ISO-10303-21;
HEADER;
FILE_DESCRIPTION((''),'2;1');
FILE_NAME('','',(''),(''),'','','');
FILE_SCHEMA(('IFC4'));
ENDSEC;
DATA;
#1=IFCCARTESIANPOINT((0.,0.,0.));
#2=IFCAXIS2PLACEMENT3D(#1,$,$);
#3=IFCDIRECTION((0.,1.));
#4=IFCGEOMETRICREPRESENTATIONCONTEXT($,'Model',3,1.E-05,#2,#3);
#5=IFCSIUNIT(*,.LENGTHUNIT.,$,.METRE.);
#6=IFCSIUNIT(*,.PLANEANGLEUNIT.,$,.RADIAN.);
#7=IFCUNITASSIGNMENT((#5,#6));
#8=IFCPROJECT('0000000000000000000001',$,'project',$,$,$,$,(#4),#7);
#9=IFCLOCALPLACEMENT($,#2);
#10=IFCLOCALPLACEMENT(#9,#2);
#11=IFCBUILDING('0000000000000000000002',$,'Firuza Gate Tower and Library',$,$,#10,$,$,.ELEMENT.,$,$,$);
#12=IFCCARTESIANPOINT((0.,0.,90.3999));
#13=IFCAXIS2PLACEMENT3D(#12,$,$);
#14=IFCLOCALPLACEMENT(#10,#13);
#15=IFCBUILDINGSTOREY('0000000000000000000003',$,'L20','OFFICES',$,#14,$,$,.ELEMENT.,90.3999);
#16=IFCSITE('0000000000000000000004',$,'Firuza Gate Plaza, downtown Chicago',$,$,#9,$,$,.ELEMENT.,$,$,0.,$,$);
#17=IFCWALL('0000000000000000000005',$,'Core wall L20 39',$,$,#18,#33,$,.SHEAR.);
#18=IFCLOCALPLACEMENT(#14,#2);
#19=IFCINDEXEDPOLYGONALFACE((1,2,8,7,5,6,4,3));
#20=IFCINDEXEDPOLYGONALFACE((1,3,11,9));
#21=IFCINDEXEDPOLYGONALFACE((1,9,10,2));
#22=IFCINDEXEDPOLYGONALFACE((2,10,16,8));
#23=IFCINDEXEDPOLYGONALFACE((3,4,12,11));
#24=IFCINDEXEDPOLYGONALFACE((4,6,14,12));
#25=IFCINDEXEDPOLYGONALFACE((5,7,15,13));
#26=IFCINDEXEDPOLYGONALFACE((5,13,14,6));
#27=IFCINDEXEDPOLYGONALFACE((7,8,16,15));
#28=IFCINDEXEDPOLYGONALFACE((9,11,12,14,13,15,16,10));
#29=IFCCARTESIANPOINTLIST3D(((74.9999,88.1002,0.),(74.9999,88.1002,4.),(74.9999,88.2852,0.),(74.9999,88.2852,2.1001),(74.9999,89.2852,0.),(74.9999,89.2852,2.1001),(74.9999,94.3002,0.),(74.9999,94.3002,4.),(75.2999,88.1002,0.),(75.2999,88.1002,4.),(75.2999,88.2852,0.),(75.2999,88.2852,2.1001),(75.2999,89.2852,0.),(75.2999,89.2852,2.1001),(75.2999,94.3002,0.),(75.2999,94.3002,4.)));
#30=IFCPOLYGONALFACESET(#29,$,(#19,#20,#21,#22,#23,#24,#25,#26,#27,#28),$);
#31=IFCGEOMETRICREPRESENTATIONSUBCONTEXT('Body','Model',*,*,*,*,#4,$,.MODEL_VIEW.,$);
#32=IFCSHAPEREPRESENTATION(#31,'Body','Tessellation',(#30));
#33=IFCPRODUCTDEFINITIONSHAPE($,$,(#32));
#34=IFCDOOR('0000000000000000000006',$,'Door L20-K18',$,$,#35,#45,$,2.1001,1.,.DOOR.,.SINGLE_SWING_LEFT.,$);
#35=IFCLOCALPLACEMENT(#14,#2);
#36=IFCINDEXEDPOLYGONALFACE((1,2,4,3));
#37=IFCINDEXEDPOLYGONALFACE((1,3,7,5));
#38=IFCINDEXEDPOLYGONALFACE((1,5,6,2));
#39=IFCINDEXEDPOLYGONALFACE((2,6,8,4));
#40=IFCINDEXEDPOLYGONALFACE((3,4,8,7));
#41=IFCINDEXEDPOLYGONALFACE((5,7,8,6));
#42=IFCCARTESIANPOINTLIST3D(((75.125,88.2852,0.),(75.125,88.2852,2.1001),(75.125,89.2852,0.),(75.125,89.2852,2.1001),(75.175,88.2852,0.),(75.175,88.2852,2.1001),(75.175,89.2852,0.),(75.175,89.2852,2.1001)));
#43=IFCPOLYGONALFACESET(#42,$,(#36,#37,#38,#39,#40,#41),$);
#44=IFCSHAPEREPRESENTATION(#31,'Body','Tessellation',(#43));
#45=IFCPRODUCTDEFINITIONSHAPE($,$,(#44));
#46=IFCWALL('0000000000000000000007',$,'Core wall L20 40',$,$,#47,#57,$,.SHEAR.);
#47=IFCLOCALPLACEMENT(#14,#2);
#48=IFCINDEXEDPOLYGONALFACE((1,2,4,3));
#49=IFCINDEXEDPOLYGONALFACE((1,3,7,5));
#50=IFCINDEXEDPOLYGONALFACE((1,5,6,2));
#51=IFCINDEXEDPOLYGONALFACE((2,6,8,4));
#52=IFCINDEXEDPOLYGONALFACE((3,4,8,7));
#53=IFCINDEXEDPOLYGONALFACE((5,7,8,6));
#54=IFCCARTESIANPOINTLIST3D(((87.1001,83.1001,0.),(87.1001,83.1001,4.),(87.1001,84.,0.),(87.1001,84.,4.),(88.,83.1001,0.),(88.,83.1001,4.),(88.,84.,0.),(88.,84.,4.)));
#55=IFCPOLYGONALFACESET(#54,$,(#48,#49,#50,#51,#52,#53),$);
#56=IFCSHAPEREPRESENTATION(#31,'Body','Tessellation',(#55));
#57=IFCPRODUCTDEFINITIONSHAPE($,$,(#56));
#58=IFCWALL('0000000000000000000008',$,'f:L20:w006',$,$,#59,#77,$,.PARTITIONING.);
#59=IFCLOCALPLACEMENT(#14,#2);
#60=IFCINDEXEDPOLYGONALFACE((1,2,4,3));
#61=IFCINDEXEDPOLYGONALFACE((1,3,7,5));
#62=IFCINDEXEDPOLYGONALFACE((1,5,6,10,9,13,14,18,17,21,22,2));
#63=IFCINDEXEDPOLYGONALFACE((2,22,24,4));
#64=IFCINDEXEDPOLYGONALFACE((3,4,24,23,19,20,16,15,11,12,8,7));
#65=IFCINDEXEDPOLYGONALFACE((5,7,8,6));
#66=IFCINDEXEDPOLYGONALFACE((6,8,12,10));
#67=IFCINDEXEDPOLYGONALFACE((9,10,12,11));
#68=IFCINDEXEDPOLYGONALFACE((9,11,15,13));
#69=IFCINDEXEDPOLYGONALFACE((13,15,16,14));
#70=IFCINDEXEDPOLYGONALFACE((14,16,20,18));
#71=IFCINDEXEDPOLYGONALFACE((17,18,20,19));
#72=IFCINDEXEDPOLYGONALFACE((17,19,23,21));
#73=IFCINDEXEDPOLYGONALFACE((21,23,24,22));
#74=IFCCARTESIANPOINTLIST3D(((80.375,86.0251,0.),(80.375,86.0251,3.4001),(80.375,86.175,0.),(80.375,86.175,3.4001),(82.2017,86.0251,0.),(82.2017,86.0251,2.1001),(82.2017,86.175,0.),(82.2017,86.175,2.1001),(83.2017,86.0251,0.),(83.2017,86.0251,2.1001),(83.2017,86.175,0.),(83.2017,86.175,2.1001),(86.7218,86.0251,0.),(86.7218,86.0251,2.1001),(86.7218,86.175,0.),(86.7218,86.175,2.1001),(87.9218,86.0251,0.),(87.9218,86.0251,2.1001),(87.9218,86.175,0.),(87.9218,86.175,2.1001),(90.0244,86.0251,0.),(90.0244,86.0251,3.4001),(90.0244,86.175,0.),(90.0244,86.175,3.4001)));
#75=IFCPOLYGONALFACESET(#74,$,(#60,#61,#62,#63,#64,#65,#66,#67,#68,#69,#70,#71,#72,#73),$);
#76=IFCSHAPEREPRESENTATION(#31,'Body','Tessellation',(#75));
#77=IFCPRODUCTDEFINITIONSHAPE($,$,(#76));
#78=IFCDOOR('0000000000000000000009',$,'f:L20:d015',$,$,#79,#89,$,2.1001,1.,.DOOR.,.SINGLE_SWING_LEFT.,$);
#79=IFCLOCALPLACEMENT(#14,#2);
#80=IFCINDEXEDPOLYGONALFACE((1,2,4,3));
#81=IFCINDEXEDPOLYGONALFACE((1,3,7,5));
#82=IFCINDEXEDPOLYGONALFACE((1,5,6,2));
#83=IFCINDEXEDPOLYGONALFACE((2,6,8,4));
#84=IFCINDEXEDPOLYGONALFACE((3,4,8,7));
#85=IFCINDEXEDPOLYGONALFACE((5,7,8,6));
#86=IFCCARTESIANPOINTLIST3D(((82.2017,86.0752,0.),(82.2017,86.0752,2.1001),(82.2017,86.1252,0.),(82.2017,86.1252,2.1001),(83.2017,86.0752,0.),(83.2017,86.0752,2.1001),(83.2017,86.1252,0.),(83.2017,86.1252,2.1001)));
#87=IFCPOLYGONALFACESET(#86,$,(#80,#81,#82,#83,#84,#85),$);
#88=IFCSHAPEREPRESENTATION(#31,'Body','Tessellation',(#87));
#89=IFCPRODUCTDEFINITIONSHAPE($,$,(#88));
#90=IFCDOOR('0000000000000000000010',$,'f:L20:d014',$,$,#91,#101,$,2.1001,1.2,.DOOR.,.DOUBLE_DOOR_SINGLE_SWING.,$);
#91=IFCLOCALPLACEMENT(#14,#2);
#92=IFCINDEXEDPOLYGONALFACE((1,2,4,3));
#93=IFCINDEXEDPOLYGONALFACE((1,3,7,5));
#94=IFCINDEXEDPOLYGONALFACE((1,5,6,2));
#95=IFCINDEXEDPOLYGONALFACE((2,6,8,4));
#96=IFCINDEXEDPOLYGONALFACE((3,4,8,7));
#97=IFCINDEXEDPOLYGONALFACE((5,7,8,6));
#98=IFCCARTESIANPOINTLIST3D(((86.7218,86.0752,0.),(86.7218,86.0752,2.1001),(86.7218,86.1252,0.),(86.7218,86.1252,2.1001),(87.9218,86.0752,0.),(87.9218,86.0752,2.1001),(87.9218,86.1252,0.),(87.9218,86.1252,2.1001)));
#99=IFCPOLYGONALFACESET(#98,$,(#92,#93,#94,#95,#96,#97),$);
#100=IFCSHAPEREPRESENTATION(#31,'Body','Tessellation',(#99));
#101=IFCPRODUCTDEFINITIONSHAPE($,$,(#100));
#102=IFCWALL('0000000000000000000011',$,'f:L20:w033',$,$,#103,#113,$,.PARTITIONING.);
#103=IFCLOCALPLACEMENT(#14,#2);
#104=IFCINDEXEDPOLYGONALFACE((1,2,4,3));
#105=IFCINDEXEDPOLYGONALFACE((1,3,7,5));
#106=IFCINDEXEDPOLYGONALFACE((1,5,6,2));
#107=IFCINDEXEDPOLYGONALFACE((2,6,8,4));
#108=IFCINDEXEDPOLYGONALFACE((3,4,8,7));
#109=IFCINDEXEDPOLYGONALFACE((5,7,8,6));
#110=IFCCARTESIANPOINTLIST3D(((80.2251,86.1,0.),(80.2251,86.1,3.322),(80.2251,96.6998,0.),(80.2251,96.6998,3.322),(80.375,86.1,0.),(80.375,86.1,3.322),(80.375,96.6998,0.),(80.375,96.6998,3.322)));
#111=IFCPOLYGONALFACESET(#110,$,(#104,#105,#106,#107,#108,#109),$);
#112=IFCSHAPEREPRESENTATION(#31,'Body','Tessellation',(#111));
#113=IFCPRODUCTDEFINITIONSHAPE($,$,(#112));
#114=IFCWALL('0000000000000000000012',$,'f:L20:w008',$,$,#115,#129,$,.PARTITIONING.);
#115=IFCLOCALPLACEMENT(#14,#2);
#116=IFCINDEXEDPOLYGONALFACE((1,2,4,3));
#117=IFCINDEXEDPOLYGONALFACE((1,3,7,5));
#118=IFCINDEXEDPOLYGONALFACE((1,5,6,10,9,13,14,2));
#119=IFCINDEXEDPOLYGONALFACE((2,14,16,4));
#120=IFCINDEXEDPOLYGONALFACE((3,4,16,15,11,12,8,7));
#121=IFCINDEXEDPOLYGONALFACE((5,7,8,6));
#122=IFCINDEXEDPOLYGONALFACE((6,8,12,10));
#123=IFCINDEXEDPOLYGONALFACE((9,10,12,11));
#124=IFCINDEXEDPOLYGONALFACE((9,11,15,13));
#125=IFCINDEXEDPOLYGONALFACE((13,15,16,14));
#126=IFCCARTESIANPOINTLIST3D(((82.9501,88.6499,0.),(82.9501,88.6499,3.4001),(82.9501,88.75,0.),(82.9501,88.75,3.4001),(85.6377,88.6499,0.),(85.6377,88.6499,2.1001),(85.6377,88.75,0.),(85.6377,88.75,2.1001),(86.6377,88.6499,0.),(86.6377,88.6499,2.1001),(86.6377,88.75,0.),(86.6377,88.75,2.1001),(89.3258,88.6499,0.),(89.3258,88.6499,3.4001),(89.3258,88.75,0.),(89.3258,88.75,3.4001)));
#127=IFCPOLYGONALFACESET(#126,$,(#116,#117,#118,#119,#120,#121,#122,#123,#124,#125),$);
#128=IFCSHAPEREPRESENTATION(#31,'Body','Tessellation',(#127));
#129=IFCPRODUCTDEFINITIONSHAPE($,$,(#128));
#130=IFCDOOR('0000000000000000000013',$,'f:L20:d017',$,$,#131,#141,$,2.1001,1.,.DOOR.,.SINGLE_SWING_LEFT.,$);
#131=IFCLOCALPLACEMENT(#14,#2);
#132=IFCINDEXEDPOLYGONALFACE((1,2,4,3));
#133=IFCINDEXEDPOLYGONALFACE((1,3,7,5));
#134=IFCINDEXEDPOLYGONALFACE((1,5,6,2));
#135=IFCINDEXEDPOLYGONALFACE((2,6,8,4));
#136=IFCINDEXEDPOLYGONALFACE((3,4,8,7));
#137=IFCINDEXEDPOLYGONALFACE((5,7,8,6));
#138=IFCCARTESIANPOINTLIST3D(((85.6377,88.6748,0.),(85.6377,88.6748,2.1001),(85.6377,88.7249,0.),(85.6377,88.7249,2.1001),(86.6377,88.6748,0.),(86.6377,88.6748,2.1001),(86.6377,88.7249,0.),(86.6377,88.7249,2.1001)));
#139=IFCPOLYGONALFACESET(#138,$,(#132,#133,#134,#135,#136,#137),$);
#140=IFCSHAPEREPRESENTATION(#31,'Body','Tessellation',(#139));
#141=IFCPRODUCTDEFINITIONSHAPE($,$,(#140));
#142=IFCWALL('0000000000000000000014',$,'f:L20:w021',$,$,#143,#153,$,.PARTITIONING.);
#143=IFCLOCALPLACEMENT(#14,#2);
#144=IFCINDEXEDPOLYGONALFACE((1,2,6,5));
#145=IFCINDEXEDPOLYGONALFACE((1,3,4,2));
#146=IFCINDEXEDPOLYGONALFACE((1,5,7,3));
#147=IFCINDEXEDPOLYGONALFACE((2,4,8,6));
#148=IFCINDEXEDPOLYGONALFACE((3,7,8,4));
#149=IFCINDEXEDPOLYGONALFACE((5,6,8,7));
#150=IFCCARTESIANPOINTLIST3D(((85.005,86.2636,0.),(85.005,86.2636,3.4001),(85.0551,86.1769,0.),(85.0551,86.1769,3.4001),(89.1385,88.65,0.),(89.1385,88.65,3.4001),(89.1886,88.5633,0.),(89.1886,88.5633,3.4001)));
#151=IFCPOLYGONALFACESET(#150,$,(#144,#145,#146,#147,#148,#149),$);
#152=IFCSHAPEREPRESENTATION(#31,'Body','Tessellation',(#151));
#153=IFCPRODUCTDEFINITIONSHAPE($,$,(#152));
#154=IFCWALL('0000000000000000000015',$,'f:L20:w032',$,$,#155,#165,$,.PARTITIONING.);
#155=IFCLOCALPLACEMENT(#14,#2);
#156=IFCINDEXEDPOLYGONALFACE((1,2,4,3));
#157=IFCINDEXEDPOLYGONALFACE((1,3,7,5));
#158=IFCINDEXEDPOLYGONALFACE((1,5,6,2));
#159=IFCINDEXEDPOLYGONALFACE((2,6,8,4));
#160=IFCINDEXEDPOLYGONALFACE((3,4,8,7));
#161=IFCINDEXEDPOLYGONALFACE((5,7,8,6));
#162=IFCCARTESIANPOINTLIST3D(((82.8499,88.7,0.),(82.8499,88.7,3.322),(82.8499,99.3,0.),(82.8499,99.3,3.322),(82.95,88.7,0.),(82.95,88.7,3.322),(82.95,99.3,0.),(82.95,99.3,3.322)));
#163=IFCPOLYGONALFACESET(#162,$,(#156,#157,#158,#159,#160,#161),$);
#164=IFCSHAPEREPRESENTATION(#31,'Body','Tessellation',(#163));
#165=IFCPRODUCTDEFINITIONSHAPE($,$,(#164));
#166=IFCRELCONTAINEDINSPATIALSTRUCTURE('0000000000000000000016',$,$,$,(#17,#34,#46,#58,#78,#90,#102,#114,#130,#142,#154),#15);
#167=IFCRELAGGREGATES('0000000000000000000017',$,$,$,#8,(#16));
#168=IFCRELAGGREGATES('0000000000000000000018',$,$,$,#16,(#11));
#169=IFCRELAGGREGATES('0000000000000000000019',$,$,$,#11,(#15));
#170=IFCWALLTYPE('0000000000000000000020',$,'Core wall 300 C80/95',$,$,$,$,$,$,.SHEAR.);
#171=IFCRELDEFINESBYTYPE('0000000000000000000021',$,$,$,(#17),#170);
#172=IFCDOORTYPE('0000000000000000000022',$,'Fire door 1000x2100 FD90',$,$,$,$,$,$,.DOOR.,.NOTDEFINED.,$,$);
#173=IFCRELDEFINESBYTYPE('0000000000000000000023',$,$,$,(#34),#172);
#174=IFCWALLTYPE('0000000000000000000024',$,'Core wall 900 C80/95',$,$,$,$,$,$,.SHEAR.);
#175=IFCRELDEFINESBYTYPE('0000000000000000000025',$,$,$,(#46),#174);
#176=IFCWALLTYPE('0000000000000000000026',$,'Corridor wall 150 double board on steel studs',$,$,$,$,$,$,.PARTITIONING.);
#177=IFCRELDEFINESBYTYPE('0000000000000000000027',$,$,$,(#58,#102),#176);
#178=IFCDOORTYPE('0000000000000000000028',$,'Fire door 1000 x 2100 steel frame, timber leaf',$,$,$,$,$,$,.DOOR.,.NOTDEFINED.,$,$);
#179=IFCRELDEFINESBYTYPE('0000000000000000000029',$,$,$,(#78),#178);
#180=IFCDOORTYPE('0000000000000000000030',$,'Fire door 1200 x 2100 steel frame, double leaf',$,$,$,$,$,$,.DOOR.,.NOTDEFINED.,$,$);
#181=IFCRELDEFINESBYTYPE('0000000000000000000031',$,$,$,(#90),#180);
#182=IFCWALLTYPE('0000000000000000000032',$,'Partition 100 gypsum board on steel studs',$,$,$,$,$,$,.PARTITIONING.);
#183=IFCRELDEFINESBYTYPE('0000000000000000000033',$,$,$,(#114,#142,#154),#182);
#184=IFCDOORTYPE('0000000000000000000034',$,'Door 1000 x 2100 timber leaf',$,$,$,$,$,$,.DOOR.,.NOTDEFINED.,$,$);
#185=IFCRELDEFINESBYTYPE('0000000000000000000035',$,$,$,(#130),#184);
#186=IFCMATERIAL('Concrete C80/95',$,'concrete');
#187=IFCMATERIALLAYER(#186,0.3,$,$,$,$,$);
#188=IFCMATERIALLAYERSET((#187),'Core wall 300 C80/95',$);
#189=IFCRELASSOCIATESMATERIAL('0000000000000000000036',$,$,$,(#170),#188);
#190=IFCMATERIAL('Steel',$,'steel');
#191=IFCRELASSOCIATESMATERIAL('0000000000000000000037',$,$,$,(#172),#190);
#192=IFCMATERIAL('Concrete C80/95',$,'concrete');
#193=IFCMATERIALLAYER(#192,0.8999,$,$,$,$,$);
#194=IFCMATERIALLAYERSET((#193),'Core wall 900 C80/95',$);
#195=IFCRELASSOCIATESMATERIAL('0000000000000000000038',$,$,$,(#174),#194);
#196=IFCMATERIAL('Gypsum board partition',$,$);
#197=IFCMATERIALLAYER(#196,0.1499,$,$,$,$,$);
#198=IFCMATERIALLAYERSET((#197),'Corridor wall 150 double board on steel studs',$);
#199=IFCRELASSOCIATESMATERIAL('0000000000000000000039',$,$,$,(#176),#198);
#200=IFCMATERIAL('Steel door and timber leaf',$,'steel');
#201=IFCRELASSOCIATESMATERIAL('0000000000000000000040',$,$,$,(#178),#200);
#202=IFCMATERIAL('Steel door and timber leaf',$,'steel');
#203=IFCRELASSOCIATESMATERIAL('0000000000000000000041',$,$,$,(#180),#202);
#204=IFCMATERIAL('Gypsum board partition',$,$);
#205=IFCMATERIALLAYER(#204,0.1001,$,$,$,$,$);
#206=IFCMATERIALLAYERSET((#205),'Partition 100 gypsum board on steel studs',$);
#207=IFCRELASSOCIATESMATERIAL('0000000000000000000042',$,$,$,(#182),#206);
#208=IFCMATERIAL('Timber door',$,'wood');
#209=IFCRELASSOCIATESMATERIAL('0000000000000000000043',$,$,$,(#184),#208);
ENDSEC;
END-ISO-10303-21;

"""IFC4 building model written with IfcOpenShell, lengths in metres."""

from ifc_helpers import new_model, si_unit, direction, frame, frame_2d, origin, place, context, subcontext, project, spatial, rectangle, extrude, material, layer, layer_set, type_object, element, fill, save


model = new_model("IFC4")

# Units and contexts
model_context = context("Model", 3, precision=1e-05, world=origin(), true_north=direction((0.0, 1.0)))
body_context = subcontext(model_context, "Body", "Model", "MODEL_VIEW")
ifc_project = project(units=[si_unit("LENGTHUNIT", "METRE"), si_unit("PLANEANGLEUNIT", "RADIAN")], contexts=[model_context])

# Site, building, storey
site_placement = place(None, origin())
site = spatial("IfcSite", under=ifc_project, at=site_placement, Name="Firuza Gate Plaza, downtown Chicago", CompositionType="ELEMENT", RefElevation=0.0)
building_placement = place(site_placement, origin())
building = spatial("IfcBuilding", under=site, at=building_placement, Name="Firuza Gate Tower and Library", CompositionType="ELEMENT")
storey_placement = place(building_placement, frame((0.0, 0.0, 90.3999)))
storey = spatial("IfcBuildingStorey", under=building, at=storey_placement, Name="L20", Description="OFFICES", CompositionType="ELEMENT", Elevation=90.3999)

# Shared definitions
ifc_material_1 = material(Name="Concrete C80/95", Category="concrete")
ifc_layer_1 = layer(ifc_material_1, 0.3)
ifc_layer_set_1 = layer_set([ifc_layer_1], Name="Core wall 300 C80/95")
wall_type_1 = type_object("IfcWallType", Name="Core wall 300 C80/95", PredefinedType="SHEAR", material=ifc_layer_set_1)

# Shared definitions
ifc_material_2 = material(Name="Steel", Category="steel")
door_type_1 = type_object("IfcDoorType", Name="Fire door 1000x2100 FD90", OperationType="NOTDEFINED", PredefinedType="DOOR", material=ifc_material_2)

# Wall, opening, door
wall_1_placement = place(storey_placement, frame((75.1499, 88.1001, 0.0), z_axis=(0.0, 0.0, 1.0), x_axis=(0.0, 1.0, 0.0)))
wall_1 = element("IfcWall", 1, at=wall_1_placement, inside=storey, type_object=wall_type_1, Name="Core wall L20 39", PredefinedType="SHEAR", context=body_context, shape_type="SweptSolid", body=[
    extrude(rectangle(XDim=6.2, YDim=0.3, at=frame_2d((3.1001, 0.0))), origin(), (0.0, 0.0, 1.0), 4.0),
])
opening_1_placement = place(wall_1_placement, frame((0.1851, 0.0, 0.0)))
opening_1 = element("IfcOpeningElement", 2, at=opening_1_placement, cuts=wall_1, PredefinedType="OPENING", context=body_context, shape_type="SweptSolid", body=[
    extrude(rectangle(XDim=1.0, YDim=2.1001, at=frame_2d((0.5, 1.05))), frame((0.0, 0.1602, 0.0), z_axis=(0.0, -1.0, 0.0), x_axis=(1.0, 0.0, 0.0)), (0.0, 0.0, 1.0), 0.3201),
])
door_1_placement = place(opening_1_placement, origin())
door_1 = element("IfcDoor", 3, at=door_1_placement, inside=storey, type_object=door_type_1, Name="Door L20-K18", OperationType="SINGLE_SWING_LEFT", OverallHeight=2.1001, OverallWidth=1.0, PredefinedType="DOOR", context=body_context, shape_type="SweptSolid", body=[
    extrude(rectangle(XDim=1.0, YDim=2.1001, at=frame_2d((0.5, 1.05))), frame((0.0, 0.0249, 0.0), z_axis=(0.0, -1.0, 0.0), x_axis=(1.0, 0.0, 0.0)), (0.0, 0.0, 1.0), 0.05),
])
fill(opening_1, door_1)

# Wall
ifc_material_3 = material(Name="Concrete C80/95", Category="concrete")
ifc_layer_2 = layer(ifc_material_3, 0.8999)
ifc_layer_set_2 = layer_set([ifc_layer_2], Name="Core wall 900 C80/95")
wall_type_2 = type_object("IfcWallType", Name="Core wall 900 C80/95", PredefinedType="SHEAR", material=ifc_layer_set_2)
wall_2_placement = place(storey_placement, frame((87.1001, 83.55, 0.0), z_axis=(0.0, 0.0, 1.0), x_axis=(1.0, 0.0, 0.0)))
element("IfcWall", 4, at=wall_2_placement, inside=storey, type_object=wall_type_2, Name="Core wall L20 40", PredefinedType="SHEAR", context=body_context, shape_type="SweptSolid", body=[
    extrude(rectangle(XDim=0.8999, YDim=0.8999, at=frame_2d((0.45, 0.0))), origin(), (0.0, 0.0, 1.0), 4.0),
])

# Wall, openings, doors
ifc_material_4 = material(Name="Gypsum board partition")
ifc_layer_3 = layer(ifc_material_4, 0.1499)
ifc_layer_set_3 = layer_set([ifc_layer_3], Name="Corridor wall 150 double board on steel studs")
wall_type_3 = type_object("IfcWallType", Name="Corridor wall 150 double board on steel studs", PredefinedType="PARTITIONING", material=ifc_layer_set_3)
wall_3_placement = place(storey_placement, frame((90.0244, 86.1001, 0.0), z_axis=(0.0, 0.0, 1.0), x_axis=(-1.0, 0.0, 0.0)))
wall_3 = element("IfcWall", 5, at=wall_3_placement, inside=storey, type_object=wall_type_3, Name="f:L20:w006", PredefinedType="PARTITIONING", context=body_context, shape_type="SweptSolid", body=[
    extrude(rectangle(XDim=9.6494, YDim=0.1499, at=frame_2d((4.8247, 0.0))), origin(), (0.0, 0.0, 1.0), 3.4001),
])
opening_2_placement = place(wall_3_placement, frame((2.1025, 0.0, 0.0)))
opening_2 = element("IfcOpeningElement", 6, at=opening_2_placement, cuts=wall_3, PredefinedType="OPENING", context=body_context, shape_type="SweptSolid", body=[
    extrude(rectangle(XDim=1.2, YDim=2.1001, at=frame_2d((0.6001, 1.05))), frame((0.0, 0.085, 0.0), z_axis=(0.0, -1.0, 0.0), x_axis=(1.0, 0.0, 0.0)), (0.0, 0.0, 1.0), 0.1699),
])
opening_3_placement = place(wall_3_placement, frame((6.8228, 0.0, 0.0)))
opening_3 = element("IfcOpeningElement", 7, at=opening_3_placement, cuts=wall_3, PredefinedType="OPENING", context=body_context, shape_type="SweptSolid", body=[
    extrude(rectangle(XDim=1.0, YDim=2.1001, at=frame_2d((0.5, 1.05))), frame((0.0, 0.085, 0.0), z_axis=(0.0, -1.0, 0.0), x_axis=(1.0, 0.0, 0.0)), (0.0, 0.0, 1.0), 0.1699),
])
ifc_material_5 = material(Name="Steel door and timber leaf", Category="steel")
door_type_2 = type_object("IfcDoorType", Name="Fire door 1000 x 2100 steel frame, timber leaf", OperationType="NOTDEFINED", PredefinedType="DOOR", material=ifc_material_5)
door_2_placement = place(opening_3_placement, origin())
door_2 = element("IfcDoor", 8, at=door_2_placement, inside=storey, type_object=door_type_2, Name="f:L20:d015", OperationType="SINGLE_SWING_LEFT", OverallHeight=2.1001, OverallWidth=1.0, PredefinedType="DOOR", context=body_context, shape_type="SweptSolid", body=[
    extrude(rectangle(XDim=1.0, YDim=2.1001, at=frame_2d((0.5, 1.05))), frame((0.0, 0.0249, 0.0), z_axis=(0.0, -1.0, 0.0), x_axis=(1.0, 0.0, 0.0)), (0.0, 0.0, 1.0), 0.05),
])
fill(opening_3, door_2)
ifc_material_6 = material(Name="Steel door and timber leaf", Category="steel")
door_type_3 = type_object("IfcDoorType", Name="Fire door 1200 x 2100 steel frame, double leaf", OperationType="NOTDEFINED", PredefinedType="DOOR", material=ifc_material_6)
door_3_placement = place(opening_2_placement, origin())
door_3 = element("IfcDoor", 9, at=door_3_placement, inside=storey, type_object=door_type_3, Name="f:L20:d014", OperationType="DOUBLE_DOOR_SINGLE_SWING", OverallHeight=2.1001, OverallWidth=1.2, PredefinedType="DOOR", context=body_context, shape_type="SweptSolid", body=[
    extrude(rectangle(XDim=1.2, YDim=2.1001, at=frame_2d((0.6001, 1.05))), frame((0.0, 0.0249, 0.0), z_axis=(0.0, -1.0, 0.0), x_axis=(1.0, 0.0, 0.0)), (0.0, 0.0, 1.0), 0.05),
])
fill(opening_2, door_3)

# Wall
wall_4_placement = place(storey_placement, frame((80.3, 86.1001, 0.0), z_axis=(0.0, 0.0, 1.0), x_axis=(0.0, 1.0, 0.0)))
element("IfcWall", 10, at=wall_4_placement, inside=storey, type_object=wall_type_3, Name="f:L20:w033", PredefinedType="PARTITIONING", context=body_context, shape_type="SweptSolid", body=[
    extrude(rectangle(XDim=10.5999, YDim=0.1499, at=frame_2d((5.2998, 0.0))), origin(), (0.0, 0.0, 1.0), 3.322),
])

# Wall, opening, door
ifc_material_7 = material(Name="Gypsum board partition")
ifc_layer_4 = layer(ifc_material_7, 0.1001)
ifc_layer_set_4 = layer_set([ifc_layer_4], Name="Partition 100 gypsum board on steel studs")
wall_type_4 = type_object("IfcWallType", Name="Partition 100 gypsum board on steel studs", PredefinedType="PARTITIONING", material=ifc_layer_set_4)
wall_5_placement = place(storey_placement, frame((82.95, 88.7, 0.0), z_axis=(0.0, 0.0, 1.0), x_axis=(1.0, 0.0, 0.0)))
wall_5 = element("IfcWall", 11, at=wall_5_placement, inside=storey, type_object=wall_type_4, Name="f:L20:w008", PredefinedType="PARTITIONING", context=body_context, shape_type="SweptSolid", body=[
    extrude(rectangle(XDim=6.3757, YDim=0.1001, at=frame_2d((3.188, 0.0))), origin(), (0.0, 0.0, 1.0), 3.4001),
])
opening_4_placement = place(wall_5_placement, frame((2.6877, 0.0, 0.0)))
opening_4 = element("IfcOpeningElement", 12, at=opening_4_placement, cuts=wall_5, PredefinedType="OPENING", context=body_context, shape_type="SweptSolid", body=[
    extrude(rectangle(XDim=1.0, YDim=2.1001, at=frame_2d((0.5, 1.05))), frame((0.0, 0.0601, 0.0), z_axis=(0.0, -1.0, 0.0), x_axis=(1.0, 0.0, 0.0)), (0.0, 0.0, 1.0), 0.1201),
])
ifc_material_8 = material(Name="Timber door", Category="wood")
door_type_4 = type_object("IfcDoorType", Name="Door 1000 x 2100 timber leaf", OperationType="NOTDEFINED", PredefinedType="DOOR", material=ifc_material_8)
door_4_placement = place(opening_4_placement, origin())
door_4 = element("IfcDoor", 13, at=door_4_placement, inside=storey, type_object=door_type_4, Name="f:L20:d017", OperationType="SINGLE_SWING_LEFT", OverallHeight=2.1001, OverallWidth=1.0, PredefinedType="DOOR", context=body_context, shape_type="SweptSolid", body=[
    extrude(rectangle(XDim=1.0, YDim=2.1001, at=frame_2d((0.5, 1.05))), frame((0.0, 0.0249, 0.0), z_axis=(0.0, -1.0, 0.0), x_axis=(1.0, 0.0, 0.0)), (0.0, 0.0, 1.0), 0.05),
])
fill(opening_4, door_4)

# Walls
wall_6_placement = place(storey_placement, frame((85.03, 86.2202, 0.0), z_axis=(0.0, 0.0, 1.0), x_axis=(0.866028, 0.499995, 0.0)))
element("IfcWall", 14, at=wall_6_placement, inside=storey, type_object=wall_type_4, Name="f:L20:w021", PredefinedType="PARTITIONING", context=body_context, shape_type="SweptSolid", body=[
    extrude(rectangle(XDim=4.7729, YDim=0.1001, at=frame_2d((2.3865, 0.0))), origin(), (0.0, 0.0, 1.0), 3.4001),
])
wall_7_placement = place(storey_placement, frame((82.8999, 88.7, 0.0), z_axis=(0.0, 0.0, 1.0), x_axis=(0.0, 1.0, 0.0)))
element("IfcWall", 15, at=wall_7_placement, inside=storey, type_object=wall_type_4, Name="f:L20:w032", PredefinedType="PARTITIONING", context=body_context, shape_type="SweptSolid", body=[
    extrude(rectangle(XDim=10.6001, YDim=0.1001, at=frame_2d((5.3, 0.0))), origin(), (0.0, 0.0, 1.0), 3.322),
])

save(model, "model.ifc")
